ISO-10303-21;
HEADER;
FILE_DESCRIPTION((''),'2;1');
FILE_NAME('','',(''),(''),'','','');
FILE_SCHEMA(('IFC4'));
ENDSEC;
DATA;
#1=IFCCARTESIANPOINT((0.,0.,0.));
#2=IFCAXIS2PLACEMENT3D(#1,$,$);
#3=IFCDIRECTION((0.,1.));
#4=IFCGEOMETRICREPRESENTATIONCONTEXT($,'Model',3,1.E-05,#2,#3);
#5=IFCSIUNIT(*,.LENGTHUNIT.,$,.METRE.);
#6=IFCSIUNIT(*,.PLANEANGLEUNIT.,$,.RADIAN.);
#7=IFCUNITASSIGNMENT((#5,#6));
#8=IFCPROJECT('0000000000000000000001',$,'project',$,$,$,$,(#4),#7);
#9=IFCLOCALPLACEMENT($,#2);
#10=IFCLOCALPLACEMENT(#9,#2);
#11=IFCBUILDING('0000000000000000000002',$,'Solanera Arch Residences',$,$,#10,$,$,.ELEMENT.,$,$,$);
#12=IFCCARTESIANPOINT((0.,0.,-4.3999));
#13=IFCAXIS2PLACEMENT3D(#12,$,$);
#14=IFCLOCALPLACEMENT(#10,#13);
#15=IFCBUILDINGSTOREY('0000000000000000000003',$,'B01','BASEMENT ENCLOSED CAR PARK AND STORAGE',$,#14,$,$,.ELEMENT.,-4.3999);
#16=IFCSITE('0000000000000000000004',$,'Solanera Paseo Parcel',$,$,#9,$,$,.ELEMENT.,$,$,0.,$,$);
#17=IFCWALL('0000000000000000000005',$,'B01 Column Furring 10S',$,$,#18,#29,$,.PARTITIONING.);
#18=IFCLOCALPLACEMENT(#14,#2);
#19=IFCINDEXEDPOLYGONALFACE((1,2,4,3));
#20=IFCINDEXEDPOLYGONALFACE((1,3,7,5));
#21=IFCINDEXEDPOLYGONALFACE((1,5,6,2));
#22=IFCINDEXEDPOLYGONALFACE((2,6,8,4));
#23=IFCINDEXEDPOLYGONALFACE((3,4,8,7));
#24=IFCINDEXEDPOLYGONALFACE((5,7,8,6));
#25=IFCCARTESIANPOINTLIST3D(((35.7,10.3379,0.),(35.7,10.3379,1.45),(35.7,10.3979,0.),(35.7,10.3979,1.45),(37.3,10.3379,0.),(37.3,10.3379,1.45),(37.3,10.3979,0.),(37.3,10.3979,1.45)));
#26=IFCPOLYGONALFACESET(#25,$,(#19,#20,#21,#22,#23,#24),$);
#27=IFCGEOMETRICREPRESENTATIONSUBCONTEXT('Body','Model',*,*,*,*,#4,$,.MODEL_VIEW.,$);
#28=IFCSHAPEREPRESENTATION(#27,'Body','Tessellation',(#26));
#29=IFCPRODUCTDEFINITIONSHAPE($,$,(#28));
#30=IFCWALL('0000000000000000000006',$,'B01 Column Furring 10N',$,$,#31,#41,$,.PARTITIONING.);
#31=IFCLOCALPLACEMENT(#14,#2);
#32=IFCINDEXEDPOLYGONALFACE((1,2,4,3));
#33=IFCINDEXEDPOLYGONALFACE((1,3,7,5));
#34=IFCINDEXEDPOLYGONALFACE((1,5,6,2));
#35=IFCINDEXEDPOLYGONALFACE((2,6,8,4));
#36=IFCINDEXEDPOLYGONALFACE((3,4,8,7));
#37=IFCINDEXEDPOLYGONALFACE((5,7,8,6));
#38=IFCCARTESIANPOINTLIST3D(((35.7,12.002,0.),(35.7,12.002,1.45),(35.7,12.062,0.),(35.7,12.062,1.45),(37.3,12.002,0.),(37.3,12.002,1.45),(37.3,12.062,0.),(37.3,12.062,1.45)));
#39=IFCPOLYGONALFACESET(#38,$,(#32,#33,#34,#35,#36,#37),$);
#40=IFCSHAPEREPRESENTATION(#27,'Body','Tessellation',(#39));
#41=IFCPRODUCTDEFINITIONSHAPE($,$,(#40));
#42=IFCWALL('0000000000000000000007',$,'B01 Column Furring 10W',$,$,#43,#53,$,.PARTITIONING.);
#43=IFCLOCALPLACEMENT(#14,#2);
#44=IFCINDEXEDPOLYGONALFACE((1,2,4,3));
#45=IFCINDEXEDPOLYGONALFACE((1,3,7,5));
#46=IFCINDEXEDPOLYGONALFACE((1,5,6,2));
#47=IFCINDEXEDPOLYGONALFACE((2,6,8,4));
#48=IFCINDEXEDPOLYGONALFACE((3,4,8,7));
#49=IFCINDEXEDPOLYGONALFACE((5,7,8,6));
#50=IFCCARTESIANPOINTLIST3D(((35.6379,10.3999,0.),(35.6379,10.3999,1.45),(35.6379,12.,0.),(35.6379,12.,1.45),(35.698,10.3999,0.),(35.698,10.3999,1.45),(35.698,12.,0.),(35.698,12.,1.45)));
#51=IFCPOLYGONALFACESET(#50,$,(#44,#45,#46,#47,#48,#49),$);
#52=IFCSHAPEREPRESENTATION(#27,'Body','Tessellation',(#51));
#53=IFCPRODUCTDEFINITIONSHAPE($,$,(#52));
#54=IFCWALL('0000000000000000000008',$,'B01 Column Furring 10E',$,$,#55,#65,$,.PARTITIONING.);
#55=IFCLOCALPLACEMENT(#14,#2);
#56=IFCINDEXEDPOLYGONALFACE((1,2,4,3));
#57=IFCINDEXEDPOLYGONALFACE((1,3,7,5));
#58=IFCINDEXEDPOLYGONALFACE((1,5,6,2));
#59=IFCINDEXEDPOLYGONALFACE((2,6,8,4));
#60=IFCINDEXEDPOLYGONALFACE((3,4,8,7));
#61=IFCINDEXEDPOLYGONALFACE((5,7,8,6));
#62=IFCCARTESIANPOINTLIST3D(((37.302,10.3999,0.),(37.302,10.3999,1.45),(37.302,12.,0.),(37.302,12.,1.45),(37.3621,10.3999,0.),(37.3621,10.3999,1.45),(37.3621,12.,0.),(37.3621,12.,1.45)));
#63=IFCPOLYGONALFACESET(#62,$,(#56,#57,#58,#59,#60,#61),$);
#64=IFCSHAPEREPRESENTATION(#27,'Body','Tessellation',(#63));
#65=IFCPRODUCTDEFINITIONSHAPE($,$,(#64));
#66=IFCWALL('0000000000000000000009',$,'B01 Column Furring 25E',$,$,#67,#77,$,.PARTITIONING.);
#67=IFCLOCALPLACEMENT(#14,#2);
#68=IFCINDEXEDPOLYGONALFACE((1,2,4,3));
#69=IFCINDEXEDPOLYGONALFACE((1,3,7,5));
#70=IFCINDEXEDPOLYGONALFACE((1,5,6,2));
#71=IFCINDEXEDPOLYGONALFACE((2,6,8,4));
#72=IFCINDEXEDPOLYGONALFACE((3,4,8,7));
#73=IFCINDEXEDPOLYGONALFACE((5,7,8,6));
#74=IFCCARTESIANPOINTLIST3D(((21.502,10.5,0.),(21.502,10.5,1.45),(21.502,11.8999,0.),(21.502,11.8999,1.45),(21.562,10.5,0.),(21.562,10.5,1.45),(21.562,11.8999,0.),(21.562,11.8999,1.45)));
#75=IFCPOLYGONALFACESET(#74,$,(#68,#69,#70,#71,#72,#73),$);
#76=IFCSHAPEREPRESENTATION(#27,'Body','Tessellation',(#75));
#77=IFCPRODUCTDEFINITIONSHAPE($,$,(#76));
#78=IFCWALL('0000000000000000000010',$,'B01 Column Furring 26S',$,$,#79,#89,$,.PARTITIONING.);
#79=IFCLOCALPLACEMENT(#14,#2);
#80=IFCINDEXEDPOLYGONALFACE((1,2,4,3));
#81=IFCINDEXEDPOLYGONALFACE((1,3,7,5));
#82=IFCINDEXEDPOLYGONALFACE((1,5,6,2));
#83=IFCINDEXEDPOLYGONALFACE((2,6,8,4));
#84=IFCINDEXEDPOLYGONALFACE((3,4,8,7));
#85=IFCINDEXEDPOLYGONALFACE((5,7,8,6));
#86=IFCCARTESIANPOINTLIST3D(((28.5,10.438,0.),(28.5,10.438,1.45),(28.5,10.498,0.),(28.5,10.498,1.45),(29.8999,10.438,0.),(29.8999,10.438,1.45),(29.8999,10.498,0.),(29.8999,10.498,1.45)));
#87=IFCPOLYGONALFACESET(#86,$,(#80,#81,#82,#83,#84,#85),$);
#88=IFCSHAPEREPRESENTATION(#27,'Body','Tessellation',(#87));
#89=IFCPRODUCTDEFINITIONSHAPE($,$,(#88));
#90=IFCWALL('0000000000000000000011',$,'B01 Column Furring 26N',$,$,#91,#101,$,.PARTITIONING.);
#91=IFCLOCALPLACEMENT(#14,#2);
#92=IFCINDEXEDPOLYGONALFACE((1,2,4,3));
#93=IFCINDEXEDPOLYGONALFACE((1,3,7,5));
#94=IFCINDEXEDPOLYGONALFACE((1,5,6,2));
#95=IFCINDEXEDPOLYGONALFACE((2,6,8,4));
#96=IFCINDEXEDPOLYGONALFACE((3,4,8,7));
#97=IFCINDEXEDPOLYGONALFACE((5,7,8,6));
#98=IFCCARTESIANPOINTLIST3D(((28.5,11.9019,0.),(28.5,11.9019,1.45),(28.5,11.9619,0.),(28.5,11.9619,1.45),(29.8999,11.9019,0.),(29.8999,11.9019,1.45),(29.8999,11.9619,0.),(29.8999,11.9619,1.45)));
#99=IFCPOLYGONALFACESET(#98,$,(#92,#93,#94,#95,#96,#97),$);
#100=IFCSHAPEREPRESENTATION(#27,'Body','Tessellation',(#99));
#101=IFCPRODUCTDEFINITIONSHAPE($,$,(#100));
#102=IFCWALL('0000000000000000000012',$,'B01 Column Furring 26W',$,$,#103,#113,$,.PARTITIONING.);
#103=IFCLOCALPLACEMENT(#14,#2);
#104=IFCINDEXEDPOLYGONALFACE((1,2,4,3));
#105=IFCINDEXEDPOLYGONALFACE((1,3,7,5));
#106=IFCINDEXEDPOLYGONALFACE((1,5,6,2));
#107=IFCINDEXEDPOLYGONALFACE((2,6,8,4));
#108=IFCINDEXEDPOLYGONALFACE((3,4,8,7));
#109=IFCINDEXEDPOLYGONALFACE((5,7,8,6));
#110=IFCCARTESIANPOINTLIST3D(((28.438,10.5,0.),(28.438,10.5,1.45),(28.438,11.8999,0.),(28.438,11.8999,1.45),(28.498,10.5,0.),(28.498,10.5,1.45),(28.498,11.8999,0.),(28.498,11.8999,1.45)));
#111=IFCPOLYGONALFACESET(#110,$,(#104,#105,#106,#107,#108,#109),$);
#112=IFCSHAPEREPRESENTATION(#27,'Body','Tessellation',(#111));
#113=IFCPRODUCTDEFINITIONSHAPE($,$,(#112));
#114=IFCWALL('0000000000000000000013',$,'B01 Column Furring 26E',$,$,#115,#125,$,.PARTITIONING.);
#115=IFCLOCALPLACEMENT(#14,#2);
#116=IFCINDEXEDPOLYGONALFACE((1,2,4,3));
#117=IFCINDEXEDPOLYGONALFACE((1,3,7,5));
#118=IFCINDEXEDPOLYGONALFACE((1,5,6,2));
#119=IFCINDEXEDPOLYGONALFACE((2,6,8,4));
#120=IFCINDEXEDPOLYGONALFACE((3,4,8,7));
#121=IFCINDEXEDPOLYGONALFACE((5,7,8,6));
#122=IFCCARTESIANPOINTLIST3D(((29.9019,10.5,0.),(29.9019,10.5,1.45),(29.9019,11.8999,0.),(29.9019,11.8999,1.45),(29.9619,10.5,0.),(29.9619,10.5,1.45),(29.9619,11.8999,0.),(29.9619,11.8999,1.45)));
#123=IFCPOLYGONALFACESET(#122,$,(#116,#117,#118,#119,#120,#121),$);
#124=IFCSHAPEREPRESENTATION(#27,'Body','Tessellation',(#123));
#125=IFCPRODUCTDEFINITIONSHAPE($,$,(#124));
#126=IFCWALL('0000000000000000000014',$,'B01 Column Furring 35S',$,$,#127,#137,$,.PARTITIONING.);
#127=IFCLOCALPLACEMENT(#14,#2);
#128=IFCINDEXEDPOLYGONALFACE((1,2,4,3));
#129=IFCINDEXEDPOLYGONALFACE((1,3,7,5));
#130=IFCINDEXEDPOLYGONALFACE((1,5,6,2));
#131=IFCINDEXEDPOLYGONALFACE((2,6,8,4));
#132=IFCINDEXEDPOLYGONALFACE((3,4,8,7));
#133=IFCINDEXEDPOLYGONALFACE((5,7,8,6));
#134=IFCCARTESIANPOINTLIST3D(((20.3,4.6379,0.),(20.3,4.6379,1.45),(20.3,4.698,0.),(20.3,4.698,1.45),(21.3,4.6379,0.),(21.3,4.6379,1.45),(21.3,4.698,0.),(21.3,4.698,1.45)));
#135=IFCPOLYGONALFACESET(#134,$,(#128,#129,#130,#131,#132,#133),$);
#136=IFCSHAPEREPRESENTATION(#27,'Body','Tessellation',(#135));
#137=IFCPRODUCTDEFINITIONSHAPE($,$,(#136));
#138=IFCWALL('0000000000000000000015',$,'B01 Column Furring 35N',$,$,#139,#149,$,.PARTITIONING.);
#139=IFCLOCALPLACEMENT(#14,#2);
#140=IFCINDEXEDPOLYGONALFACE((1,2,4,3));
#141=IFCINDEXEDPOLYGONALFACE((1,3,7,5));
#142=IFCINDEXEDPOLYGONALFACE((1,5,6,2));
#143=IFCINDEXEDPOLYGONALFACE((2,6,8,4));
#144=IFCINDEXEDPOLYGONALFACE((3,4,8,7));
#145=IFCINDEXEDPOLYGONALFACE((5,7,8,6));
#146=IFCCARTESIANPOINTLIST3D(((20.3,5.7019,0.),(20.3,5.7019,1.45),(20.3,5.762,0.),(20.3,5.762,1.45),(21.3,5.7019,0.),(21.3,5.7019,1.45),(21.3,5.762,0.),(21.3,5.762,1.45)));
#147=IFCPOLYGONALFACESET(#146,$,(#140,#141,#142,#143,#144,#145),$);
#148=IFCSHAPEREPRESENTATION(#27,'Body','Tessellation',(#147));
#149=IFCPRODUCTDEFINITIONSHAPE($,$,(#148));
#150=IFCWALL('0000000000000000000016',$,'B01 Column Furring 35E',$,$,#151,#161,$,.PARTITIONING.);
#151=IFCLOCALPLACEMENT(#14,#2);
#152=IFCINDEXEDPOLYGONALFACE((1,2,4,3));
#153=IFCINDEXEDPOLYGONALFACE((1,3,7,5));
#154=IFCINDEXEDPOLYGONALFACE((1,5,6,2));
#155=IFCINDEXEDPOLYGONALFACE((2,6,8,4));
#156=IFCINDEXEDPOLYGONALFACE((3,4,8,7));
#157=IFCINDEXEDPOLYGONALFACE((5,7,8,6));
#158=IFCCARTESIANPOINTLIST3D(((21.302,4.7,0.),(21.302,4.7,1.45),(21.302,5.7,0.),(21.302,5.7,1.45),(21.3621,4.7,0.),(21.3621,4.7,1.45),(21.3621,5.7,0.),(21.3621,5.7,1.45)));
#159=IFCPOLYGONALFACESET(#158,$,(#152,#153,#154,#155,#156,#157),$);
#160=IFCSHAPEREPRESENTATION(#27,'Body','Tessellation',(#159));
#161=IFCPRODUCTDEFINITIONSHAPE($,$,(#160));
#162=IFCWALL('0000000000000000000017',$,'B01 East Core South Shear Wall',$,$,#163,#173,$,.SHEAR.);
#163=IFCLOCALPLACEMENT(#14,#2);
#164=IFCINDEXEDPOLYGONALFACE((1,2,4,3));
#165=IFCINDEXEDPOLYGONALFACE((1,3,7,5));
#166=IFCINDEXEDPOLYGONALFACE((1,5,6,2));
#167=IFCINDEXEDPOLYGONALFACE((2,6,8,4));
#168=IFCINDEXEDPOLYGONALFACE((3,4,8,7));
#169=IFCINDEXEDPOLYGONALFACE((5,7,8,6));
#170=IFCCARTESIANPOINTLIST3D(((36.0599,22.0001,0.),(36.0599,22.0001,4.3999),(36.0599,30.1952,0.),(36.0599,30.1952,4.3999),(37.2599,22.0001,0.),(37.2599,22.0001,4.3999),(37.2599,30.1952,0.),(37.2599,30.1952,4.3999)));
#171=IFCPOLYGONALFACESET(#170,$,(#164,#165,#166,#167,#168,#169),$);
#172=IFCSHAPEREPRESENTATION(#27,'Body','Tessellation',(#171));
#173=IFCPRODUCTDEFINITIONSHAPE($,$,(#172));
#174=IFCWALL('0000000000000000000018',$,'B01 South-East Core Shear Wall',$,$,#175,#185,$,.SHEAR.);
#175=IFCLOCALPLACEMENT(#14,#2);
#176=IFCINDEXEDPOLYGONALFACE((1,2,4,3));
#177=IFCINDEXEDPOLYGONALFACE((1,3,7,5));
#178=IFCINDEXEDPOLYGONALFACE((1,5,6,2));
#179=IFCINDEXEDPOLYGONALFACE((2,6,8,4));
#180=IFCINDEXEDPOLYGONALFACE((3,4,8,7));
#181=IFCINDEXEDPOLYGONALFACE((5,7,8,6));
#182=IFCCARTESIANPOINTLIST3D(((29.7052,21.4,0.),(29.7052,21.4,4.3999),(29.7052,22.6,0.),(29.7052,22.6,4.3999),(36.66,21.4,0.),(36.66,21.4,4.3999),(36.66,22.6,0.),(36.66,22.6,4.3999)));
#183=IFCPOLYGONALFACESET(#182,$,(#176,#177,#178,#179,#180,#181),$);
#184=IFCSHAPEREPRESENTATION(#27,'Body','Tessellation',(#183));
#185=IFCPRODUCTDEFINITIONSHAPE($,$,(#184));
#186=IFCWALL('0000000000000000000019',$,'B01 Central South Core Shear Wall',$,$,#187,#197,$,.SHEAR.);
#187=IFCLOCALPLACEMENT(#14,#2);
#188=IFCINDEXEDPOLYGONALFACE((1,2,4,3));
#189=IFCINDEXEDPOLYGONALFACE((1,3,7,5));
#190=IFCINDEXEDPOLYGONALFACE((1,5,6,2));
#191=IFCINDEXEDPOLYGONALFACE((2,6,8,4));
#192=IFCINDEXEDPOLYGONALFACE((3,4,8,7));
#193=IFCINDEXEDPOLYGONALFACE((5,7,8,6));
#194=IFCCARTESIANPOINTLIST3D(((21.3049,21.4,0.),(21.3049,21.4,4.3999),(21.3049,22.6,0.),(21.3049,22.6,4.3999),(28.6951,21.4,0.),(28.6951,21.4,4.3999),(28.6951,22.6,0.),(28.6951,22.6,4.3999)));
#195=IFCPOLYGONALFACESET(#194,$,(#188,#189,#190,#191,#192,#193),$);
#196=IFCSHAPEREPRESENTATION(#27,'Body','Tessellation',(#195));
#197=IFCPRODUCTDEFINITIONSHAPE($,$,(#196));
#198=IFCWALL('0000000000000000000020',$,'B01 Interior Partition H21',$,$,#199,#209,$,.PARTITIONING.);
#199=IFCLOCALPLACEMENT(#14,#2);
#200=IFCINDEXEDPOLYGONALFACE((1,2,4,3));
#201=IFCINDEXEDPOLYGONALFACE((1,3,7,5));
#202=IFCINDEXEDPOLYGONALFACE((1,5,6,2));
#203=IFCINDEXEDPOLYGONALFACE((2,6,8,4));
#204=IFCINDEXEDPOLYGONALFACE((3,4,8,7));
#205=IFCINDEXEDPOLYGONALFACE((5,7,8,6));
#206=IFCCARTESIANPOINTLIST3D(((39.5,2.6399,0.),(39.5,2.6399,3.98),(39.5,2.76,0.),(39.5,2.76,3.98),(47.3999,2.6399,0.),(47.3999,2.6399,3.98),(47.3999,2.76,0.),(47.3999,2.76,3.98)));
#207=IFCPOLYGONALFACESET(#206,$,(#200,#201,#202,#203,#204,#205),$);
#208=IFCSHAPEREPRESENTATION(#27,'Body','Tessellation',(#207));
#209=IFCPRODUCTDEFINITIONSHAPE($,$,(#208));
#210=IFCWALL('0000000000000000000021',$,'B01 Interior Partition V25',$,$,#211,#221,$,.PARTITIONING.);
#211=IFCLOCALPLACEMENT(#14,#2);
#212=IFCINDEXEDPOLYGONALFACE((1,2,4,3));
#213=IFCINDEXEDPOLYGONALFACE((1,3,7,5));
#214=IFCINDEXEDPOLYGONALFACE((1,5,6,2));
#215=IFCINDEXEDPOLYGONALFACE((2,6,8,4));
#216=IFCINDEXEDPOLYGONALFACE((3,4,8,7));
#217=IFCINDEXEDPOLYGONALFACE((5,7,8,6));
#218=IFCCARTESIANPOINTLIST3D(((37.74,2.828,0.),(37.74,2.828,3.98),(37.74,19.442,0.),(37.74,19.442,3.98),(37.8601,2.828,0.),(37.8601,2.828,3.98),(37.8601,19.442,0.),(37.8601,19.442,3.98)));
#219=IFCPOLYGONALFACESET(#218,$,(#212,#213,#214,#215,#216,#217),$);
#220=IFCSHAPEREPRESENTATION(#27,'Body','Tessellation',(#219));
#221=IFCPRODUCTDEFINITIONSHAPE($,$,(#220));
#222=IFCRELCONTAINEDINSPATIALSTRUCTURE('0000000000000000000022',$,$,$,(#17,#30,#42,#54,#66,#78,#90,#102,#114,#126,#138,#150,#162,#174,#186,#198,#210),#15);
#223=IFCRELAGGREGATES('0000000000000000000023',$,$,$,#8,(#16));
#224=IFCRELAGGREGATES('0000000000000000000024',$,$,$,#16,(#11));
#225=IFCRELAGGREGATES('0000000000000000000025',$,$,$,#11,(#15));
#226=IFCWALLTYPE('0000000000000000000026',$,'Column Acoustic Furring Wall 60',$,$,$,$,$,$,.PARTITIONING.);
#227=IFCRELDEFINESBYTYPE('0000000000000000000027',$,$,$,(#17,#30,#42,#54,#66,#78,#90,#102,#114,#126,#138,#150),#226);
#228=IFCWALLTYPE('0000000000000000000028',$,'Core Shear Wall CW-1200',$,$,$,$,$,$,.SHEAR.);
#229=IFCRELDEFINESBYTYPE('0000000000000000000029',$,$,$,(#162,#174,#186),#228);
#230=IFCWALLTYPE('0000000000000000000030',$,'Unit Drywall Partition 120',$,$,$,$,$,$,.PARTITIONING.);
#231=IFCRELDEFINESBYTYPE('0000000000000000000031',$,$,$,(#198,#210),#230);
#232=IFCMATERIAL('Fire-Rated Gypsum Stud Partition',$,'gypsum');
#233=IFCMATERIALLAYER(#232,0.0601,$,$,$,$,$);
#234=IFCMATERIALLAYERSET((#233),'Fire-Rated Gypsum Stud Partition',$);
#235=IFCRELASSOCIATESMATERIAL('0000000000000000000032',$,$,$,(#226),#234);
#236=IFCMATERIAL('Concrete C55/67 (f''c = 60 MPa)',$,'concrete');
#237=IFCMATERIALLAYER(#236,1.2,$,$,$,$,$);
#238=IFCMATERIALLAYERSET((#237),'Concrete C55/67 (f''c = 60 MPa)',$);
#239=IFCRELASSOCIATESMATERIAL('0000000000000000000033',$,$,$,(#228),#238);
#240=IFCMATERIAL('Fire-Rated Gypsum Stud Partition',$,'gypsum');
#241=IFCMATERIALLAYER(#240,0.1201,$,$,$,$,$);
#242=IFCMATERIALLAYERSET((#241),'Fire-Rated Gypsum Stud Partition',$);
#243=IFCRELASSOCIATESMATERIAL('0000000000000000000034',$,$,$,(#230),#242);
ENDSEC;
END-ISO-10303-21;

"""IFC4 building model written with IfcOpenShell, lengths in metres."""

from ifc_helpers import new_model, si_unit, direction, frame, frame_2d, origin, place, context, subcontext, project, spatial, rectangle, extrude, material, layer, layer_set, type_object, element, save


model = new_model("IFC4")

# Units and contexts
model_context = context("Model", 3, precision=1e-05, world=origin(), true_north=direction((0.0, 1.0)))
body_context = subcontext(model_context, "Body", "Model", "MODEL_VIEW")
ifc_project = project(units=[si_unit("LENGTHUNIT", "METRE"), si_unit("PLANEANGLEUNIT", "RADIAN")], contexts=[model_context])

# Site, building, storey
site_placement = place(None, origin())
site = spatial("IfcSite", under=ifc_project, at=site_placement, Name="Solanera Paseo Parcel", CompositionType="ELEMENT", RefElevation=0.0)
building_placement = place(site_placement, origin())
building = spatial("IfcBuilding", under=site, at=building_placement, Name="Solanera Arch Residences", CompositionType="ELEMENT")
storey_placement = place(building_placement, frame((0.0, 0.0, -4.3999)))
storey = spatial("IfcBuildingStorey", under=building, at=storey_placement, Name="B01", Description="BASEMENT ENCLOSED CAR PARK AND STORAGE", CompositionType="ELEMENT", Elevation=-4.3999)

# Walls
ifc_material_1 = material(Name="Fire-Rated Gypsum Stud Partition", Category="gypsum")
ifc_layer_1 = layer(ifc_material_1, 0.0601)
ifc_layer_set_1 = layer_set([ifc_layer_1], Name="Fire-Rated Gypsum Stud Partition")
wall_type_1 = type_object("IfcWallType", Name="Column Acoustic Furring Wall 60", PredefinedType="PARTITIONING", material=ifc_layer_set_1)
for number, where, z_axis, x_axis, name in (
    (1, (35.7, 10.3679, 0.0), (0.0, 0.0, 1.0), (1.0, 0.0, 0.0), "B01 Column Furring 10S"),
    (2, (35.7, 12.032, 0.0), (0.0, 0.0, 1.0), (1.0, 0.0, 0.0), "B01 Column Furring 10N"),
    (3, (35.668, 10.3999, 0.0), (0.0, 0.0, 1.0), (0.0, 1.0, 0.0), "B01 Column Furring 10W"),
    (4, (37.332, 10.3999, 0.0), (0.0, 0.0, 1.0), (0.0, 1.0, 0.0), "B01 Column Furring 10E"),
):
    element("IfcWall", number, at=place(storey_placement, frame(where, z_axis=z_axis, x_axis=x_axis)), inside=storey, type_object=wall_type_1, Name=name, PredefinedType="PARTITIONING", context=body_context, shape_type="SweptSolid", body=[
        extrude(rectangle(XDim=1.6001, YDim=0.0601, at=frame_2d((0.8, 0.0))), origin(), (0.0, 0.0, 1.0), 1.45),
    ])
for number, where, z_axis, x_axis, name in (
    (5, (21.532, 10.5, 0.0), (0.0, 0.0, 1.0), (0.0, 1.0, 0.0), "B01 Column Furring 25E"),
    (6, (28.5, 10.468, 0.0), (0.0, 0.0, 1.0), (1.0, 0.0, 0.0), "B01 Column Furring 26S"),
    (7, (28.5, 11.9319, 0.0), (0.0, 0.0, 1.0), (1.0, 0.0, 0.0), "B01 Column Furring 26N"),
    (8, (28.468, 10.5, 0.0), (0.0, 0.0, 1.0), (0.0, 1.0, 0.0), "B01 Column Furring 26W"),
    (9, (29.9319, 10.5, 0.0), (0.0, 0.0, 1.0), (0.0, 1.0, 0.0), "B01 Column Furring 26E"),
):
    element("IfcWall", number, at=place(storey_placement, frame(where, z_axis=z_axis, x_axis=x_axis)), inside=storey, type_object=wall_type_1, Name=name, PredefinedType="PARTITIONING", context=body_context, shape_type="SweptSolid", body=[
        extrude(rectangle(XDim=1.3999, YDim=0.0601, at=frame_2d((0.7, 0.0))), origin(), (0.0, 0.0, 1.0), 1.45),
    ])
for number, where, z_axis, x_axis, name in (
    (10, (20.3, 4.668, 0.0), (0.0, 0.0, 1.0), (1.0, 0.0, 0.0), "B01 Column Furring 35S"),
    (11, (20.3, 5.7319, 0.0), (0.0, 0.0, 1.0), (1.0, 0.0, 0.0), "B01 Column Furring 35N"),
    (12, (21.332, 4.7, 0.0), (0.0, 0.0, 1.0), (0.0, 1.0, 0.0), "B01 Column Furring 35E"),
):
    element("IfcWall", number, at=place(storey_placement, frame(where, z_axis=z_axis, x_axis=x_axis)), inside=storey, type_object=wall_type_1, Name=name, PredefinedType="PARTITIONING", context=body_context, shape_type="SweptSolid", body=[
        extrude(rectangle(XDim=1.0, YDim=0.0601, at=frame_2d((0.5, 0.0))), origin(), (0.0, 0.0, 1.0), 1.45),
    ])
ifc_material_2 = material(Name="Concrete C55/67 (f'c = 60 MPa)", Category="concrete")
ifc_layer_2 = layer(ifc_material_2, 1.2)
ifc_layer_set_2 = layer_set([ifc_layer_2], Name="Concrete C55/67 (f'c = 60 MPa)")
wall_type_2 = type_object("IfcWallType", Name="Core Shear Wall CW-1200", PredefinedType="SHEAR", material=ifc_layer_set_2)
wall_1_placement = place(storey_placement, frame((36.6599, 22.0, 0.0), z_axis=(0.0, 0.0, 1.0), x_axis=(0.0, 1.0, 0.0)))
element("IfcWall", 13, at=wall_1_placement, inside=storey, type_object=wall_type_2, Name="B01 East Core South Shear Wall", PredefinedType="SHEAR", context=body_context, shape_type="SweptSolid", body=[
    extrude(rectangle(XDim=8.1951, YDim=1.2, at=frame_2d((4.0977, 0.0))), origin(), (0.0, 0.0, 1.0), 4.3999),
])
wall_2_placement = place(storey_placement, frame((29.7051, 22.0, 0.0), z_axis=(0.0, 0.0, 1.0), x_axis=(1.0, 0.0, 0.0)))
element("IfcWall", 14, at=wall_2_placement, inside=storey, type_object=wall_type_2, Name="B01 South-East Core Shear Wall", PredefinedType="SHEAR", context=body_context, shape_type="SweptSolid", body=[
    extrude(rectangle(XDim=6.9548, YDim=1.2, at=frame_2d((3.4775, 0.0))), origin(), (0.0, 0.0, 1.0), 4.3999),
])
wall_3_placement = place(storey_placement, frame((21.3049, 22.0, 0.0), z_axis=(0.0, 0.0, 1.0), x_axis=(1.0, 0.0, 0.0)))
element("IfcWall", 15, at=wall_3_placement, inside=storey, type_object=wall_type_2, Name="B01 Central South Core Shear Wall", PredefinedType="SHEAR", context=body_context, shape_type="SweptSolid", body=[
    extrude(rectangle(XDim=7.3901, YDim=1.2, at=frame_2d((3.6951, 0.0))), origin(), (0.0, 0.0, 1.0), 4.3999),
])

# Walls
ifc_material_3 = material(Name="Fire-Rated Gypsum Stud Partition", Category="gypsum")
ifc_layer_3 = layer(ifc_material_3, 0.1201)
ifc_layer_set_3 = layer_set([ifc_layer_3], Name="Fire-Rated Gypsum Stud Partition")
wall_type_3 = type_object("IfcWallType", Name="Unit Drywall Partition 120", PredefinedType="PARTITIONING", material=ifc_layer_set_3)
wall_4_placement = place(storey_placement, frame((39.5, 2.7, 0.0), z_axis=(0.0, 0.0, 1.0), x_axis=(1.0, 0.0, 0.0)))
element("IfcWall", 16, at=wall_4_placement, inside=storey, type_object=wall_type_3, Name="B01 Interior Partition H21", PredefinedType="PARTITIONING", context=body_context, shape_type="SweptSolid", body=[
    extrude(rectangle(XDim=7.8999, YDim=0.1201, at=frame_2d((3.95, 0.0))), origin(), (0.0, 0.0, 1.0), 3.98),
])
wall_5_placement = place(storey_placement, frame((37.8, 2.8279, 0.0), z_axis=(0.0, 0.0, 1.0), x_axis=(0.0, 1.0, 0.0)))
element("IfcWall", 17, at=wall_5_placement, inside=storey, type_object=wall_type_3, Name="B01 Interior Partition V25", PredefinedType="PARTITIONING", context=body_context, shape_type="SweptSolid", body=[
    extrude(rectangle(XDim=16.614, YDim=0.1201, at=frame_2d((8.3071, 0.0))), origin(), (0.0, 0.0, 1.0), 3.98),
])

save(model, "model.ifc")
